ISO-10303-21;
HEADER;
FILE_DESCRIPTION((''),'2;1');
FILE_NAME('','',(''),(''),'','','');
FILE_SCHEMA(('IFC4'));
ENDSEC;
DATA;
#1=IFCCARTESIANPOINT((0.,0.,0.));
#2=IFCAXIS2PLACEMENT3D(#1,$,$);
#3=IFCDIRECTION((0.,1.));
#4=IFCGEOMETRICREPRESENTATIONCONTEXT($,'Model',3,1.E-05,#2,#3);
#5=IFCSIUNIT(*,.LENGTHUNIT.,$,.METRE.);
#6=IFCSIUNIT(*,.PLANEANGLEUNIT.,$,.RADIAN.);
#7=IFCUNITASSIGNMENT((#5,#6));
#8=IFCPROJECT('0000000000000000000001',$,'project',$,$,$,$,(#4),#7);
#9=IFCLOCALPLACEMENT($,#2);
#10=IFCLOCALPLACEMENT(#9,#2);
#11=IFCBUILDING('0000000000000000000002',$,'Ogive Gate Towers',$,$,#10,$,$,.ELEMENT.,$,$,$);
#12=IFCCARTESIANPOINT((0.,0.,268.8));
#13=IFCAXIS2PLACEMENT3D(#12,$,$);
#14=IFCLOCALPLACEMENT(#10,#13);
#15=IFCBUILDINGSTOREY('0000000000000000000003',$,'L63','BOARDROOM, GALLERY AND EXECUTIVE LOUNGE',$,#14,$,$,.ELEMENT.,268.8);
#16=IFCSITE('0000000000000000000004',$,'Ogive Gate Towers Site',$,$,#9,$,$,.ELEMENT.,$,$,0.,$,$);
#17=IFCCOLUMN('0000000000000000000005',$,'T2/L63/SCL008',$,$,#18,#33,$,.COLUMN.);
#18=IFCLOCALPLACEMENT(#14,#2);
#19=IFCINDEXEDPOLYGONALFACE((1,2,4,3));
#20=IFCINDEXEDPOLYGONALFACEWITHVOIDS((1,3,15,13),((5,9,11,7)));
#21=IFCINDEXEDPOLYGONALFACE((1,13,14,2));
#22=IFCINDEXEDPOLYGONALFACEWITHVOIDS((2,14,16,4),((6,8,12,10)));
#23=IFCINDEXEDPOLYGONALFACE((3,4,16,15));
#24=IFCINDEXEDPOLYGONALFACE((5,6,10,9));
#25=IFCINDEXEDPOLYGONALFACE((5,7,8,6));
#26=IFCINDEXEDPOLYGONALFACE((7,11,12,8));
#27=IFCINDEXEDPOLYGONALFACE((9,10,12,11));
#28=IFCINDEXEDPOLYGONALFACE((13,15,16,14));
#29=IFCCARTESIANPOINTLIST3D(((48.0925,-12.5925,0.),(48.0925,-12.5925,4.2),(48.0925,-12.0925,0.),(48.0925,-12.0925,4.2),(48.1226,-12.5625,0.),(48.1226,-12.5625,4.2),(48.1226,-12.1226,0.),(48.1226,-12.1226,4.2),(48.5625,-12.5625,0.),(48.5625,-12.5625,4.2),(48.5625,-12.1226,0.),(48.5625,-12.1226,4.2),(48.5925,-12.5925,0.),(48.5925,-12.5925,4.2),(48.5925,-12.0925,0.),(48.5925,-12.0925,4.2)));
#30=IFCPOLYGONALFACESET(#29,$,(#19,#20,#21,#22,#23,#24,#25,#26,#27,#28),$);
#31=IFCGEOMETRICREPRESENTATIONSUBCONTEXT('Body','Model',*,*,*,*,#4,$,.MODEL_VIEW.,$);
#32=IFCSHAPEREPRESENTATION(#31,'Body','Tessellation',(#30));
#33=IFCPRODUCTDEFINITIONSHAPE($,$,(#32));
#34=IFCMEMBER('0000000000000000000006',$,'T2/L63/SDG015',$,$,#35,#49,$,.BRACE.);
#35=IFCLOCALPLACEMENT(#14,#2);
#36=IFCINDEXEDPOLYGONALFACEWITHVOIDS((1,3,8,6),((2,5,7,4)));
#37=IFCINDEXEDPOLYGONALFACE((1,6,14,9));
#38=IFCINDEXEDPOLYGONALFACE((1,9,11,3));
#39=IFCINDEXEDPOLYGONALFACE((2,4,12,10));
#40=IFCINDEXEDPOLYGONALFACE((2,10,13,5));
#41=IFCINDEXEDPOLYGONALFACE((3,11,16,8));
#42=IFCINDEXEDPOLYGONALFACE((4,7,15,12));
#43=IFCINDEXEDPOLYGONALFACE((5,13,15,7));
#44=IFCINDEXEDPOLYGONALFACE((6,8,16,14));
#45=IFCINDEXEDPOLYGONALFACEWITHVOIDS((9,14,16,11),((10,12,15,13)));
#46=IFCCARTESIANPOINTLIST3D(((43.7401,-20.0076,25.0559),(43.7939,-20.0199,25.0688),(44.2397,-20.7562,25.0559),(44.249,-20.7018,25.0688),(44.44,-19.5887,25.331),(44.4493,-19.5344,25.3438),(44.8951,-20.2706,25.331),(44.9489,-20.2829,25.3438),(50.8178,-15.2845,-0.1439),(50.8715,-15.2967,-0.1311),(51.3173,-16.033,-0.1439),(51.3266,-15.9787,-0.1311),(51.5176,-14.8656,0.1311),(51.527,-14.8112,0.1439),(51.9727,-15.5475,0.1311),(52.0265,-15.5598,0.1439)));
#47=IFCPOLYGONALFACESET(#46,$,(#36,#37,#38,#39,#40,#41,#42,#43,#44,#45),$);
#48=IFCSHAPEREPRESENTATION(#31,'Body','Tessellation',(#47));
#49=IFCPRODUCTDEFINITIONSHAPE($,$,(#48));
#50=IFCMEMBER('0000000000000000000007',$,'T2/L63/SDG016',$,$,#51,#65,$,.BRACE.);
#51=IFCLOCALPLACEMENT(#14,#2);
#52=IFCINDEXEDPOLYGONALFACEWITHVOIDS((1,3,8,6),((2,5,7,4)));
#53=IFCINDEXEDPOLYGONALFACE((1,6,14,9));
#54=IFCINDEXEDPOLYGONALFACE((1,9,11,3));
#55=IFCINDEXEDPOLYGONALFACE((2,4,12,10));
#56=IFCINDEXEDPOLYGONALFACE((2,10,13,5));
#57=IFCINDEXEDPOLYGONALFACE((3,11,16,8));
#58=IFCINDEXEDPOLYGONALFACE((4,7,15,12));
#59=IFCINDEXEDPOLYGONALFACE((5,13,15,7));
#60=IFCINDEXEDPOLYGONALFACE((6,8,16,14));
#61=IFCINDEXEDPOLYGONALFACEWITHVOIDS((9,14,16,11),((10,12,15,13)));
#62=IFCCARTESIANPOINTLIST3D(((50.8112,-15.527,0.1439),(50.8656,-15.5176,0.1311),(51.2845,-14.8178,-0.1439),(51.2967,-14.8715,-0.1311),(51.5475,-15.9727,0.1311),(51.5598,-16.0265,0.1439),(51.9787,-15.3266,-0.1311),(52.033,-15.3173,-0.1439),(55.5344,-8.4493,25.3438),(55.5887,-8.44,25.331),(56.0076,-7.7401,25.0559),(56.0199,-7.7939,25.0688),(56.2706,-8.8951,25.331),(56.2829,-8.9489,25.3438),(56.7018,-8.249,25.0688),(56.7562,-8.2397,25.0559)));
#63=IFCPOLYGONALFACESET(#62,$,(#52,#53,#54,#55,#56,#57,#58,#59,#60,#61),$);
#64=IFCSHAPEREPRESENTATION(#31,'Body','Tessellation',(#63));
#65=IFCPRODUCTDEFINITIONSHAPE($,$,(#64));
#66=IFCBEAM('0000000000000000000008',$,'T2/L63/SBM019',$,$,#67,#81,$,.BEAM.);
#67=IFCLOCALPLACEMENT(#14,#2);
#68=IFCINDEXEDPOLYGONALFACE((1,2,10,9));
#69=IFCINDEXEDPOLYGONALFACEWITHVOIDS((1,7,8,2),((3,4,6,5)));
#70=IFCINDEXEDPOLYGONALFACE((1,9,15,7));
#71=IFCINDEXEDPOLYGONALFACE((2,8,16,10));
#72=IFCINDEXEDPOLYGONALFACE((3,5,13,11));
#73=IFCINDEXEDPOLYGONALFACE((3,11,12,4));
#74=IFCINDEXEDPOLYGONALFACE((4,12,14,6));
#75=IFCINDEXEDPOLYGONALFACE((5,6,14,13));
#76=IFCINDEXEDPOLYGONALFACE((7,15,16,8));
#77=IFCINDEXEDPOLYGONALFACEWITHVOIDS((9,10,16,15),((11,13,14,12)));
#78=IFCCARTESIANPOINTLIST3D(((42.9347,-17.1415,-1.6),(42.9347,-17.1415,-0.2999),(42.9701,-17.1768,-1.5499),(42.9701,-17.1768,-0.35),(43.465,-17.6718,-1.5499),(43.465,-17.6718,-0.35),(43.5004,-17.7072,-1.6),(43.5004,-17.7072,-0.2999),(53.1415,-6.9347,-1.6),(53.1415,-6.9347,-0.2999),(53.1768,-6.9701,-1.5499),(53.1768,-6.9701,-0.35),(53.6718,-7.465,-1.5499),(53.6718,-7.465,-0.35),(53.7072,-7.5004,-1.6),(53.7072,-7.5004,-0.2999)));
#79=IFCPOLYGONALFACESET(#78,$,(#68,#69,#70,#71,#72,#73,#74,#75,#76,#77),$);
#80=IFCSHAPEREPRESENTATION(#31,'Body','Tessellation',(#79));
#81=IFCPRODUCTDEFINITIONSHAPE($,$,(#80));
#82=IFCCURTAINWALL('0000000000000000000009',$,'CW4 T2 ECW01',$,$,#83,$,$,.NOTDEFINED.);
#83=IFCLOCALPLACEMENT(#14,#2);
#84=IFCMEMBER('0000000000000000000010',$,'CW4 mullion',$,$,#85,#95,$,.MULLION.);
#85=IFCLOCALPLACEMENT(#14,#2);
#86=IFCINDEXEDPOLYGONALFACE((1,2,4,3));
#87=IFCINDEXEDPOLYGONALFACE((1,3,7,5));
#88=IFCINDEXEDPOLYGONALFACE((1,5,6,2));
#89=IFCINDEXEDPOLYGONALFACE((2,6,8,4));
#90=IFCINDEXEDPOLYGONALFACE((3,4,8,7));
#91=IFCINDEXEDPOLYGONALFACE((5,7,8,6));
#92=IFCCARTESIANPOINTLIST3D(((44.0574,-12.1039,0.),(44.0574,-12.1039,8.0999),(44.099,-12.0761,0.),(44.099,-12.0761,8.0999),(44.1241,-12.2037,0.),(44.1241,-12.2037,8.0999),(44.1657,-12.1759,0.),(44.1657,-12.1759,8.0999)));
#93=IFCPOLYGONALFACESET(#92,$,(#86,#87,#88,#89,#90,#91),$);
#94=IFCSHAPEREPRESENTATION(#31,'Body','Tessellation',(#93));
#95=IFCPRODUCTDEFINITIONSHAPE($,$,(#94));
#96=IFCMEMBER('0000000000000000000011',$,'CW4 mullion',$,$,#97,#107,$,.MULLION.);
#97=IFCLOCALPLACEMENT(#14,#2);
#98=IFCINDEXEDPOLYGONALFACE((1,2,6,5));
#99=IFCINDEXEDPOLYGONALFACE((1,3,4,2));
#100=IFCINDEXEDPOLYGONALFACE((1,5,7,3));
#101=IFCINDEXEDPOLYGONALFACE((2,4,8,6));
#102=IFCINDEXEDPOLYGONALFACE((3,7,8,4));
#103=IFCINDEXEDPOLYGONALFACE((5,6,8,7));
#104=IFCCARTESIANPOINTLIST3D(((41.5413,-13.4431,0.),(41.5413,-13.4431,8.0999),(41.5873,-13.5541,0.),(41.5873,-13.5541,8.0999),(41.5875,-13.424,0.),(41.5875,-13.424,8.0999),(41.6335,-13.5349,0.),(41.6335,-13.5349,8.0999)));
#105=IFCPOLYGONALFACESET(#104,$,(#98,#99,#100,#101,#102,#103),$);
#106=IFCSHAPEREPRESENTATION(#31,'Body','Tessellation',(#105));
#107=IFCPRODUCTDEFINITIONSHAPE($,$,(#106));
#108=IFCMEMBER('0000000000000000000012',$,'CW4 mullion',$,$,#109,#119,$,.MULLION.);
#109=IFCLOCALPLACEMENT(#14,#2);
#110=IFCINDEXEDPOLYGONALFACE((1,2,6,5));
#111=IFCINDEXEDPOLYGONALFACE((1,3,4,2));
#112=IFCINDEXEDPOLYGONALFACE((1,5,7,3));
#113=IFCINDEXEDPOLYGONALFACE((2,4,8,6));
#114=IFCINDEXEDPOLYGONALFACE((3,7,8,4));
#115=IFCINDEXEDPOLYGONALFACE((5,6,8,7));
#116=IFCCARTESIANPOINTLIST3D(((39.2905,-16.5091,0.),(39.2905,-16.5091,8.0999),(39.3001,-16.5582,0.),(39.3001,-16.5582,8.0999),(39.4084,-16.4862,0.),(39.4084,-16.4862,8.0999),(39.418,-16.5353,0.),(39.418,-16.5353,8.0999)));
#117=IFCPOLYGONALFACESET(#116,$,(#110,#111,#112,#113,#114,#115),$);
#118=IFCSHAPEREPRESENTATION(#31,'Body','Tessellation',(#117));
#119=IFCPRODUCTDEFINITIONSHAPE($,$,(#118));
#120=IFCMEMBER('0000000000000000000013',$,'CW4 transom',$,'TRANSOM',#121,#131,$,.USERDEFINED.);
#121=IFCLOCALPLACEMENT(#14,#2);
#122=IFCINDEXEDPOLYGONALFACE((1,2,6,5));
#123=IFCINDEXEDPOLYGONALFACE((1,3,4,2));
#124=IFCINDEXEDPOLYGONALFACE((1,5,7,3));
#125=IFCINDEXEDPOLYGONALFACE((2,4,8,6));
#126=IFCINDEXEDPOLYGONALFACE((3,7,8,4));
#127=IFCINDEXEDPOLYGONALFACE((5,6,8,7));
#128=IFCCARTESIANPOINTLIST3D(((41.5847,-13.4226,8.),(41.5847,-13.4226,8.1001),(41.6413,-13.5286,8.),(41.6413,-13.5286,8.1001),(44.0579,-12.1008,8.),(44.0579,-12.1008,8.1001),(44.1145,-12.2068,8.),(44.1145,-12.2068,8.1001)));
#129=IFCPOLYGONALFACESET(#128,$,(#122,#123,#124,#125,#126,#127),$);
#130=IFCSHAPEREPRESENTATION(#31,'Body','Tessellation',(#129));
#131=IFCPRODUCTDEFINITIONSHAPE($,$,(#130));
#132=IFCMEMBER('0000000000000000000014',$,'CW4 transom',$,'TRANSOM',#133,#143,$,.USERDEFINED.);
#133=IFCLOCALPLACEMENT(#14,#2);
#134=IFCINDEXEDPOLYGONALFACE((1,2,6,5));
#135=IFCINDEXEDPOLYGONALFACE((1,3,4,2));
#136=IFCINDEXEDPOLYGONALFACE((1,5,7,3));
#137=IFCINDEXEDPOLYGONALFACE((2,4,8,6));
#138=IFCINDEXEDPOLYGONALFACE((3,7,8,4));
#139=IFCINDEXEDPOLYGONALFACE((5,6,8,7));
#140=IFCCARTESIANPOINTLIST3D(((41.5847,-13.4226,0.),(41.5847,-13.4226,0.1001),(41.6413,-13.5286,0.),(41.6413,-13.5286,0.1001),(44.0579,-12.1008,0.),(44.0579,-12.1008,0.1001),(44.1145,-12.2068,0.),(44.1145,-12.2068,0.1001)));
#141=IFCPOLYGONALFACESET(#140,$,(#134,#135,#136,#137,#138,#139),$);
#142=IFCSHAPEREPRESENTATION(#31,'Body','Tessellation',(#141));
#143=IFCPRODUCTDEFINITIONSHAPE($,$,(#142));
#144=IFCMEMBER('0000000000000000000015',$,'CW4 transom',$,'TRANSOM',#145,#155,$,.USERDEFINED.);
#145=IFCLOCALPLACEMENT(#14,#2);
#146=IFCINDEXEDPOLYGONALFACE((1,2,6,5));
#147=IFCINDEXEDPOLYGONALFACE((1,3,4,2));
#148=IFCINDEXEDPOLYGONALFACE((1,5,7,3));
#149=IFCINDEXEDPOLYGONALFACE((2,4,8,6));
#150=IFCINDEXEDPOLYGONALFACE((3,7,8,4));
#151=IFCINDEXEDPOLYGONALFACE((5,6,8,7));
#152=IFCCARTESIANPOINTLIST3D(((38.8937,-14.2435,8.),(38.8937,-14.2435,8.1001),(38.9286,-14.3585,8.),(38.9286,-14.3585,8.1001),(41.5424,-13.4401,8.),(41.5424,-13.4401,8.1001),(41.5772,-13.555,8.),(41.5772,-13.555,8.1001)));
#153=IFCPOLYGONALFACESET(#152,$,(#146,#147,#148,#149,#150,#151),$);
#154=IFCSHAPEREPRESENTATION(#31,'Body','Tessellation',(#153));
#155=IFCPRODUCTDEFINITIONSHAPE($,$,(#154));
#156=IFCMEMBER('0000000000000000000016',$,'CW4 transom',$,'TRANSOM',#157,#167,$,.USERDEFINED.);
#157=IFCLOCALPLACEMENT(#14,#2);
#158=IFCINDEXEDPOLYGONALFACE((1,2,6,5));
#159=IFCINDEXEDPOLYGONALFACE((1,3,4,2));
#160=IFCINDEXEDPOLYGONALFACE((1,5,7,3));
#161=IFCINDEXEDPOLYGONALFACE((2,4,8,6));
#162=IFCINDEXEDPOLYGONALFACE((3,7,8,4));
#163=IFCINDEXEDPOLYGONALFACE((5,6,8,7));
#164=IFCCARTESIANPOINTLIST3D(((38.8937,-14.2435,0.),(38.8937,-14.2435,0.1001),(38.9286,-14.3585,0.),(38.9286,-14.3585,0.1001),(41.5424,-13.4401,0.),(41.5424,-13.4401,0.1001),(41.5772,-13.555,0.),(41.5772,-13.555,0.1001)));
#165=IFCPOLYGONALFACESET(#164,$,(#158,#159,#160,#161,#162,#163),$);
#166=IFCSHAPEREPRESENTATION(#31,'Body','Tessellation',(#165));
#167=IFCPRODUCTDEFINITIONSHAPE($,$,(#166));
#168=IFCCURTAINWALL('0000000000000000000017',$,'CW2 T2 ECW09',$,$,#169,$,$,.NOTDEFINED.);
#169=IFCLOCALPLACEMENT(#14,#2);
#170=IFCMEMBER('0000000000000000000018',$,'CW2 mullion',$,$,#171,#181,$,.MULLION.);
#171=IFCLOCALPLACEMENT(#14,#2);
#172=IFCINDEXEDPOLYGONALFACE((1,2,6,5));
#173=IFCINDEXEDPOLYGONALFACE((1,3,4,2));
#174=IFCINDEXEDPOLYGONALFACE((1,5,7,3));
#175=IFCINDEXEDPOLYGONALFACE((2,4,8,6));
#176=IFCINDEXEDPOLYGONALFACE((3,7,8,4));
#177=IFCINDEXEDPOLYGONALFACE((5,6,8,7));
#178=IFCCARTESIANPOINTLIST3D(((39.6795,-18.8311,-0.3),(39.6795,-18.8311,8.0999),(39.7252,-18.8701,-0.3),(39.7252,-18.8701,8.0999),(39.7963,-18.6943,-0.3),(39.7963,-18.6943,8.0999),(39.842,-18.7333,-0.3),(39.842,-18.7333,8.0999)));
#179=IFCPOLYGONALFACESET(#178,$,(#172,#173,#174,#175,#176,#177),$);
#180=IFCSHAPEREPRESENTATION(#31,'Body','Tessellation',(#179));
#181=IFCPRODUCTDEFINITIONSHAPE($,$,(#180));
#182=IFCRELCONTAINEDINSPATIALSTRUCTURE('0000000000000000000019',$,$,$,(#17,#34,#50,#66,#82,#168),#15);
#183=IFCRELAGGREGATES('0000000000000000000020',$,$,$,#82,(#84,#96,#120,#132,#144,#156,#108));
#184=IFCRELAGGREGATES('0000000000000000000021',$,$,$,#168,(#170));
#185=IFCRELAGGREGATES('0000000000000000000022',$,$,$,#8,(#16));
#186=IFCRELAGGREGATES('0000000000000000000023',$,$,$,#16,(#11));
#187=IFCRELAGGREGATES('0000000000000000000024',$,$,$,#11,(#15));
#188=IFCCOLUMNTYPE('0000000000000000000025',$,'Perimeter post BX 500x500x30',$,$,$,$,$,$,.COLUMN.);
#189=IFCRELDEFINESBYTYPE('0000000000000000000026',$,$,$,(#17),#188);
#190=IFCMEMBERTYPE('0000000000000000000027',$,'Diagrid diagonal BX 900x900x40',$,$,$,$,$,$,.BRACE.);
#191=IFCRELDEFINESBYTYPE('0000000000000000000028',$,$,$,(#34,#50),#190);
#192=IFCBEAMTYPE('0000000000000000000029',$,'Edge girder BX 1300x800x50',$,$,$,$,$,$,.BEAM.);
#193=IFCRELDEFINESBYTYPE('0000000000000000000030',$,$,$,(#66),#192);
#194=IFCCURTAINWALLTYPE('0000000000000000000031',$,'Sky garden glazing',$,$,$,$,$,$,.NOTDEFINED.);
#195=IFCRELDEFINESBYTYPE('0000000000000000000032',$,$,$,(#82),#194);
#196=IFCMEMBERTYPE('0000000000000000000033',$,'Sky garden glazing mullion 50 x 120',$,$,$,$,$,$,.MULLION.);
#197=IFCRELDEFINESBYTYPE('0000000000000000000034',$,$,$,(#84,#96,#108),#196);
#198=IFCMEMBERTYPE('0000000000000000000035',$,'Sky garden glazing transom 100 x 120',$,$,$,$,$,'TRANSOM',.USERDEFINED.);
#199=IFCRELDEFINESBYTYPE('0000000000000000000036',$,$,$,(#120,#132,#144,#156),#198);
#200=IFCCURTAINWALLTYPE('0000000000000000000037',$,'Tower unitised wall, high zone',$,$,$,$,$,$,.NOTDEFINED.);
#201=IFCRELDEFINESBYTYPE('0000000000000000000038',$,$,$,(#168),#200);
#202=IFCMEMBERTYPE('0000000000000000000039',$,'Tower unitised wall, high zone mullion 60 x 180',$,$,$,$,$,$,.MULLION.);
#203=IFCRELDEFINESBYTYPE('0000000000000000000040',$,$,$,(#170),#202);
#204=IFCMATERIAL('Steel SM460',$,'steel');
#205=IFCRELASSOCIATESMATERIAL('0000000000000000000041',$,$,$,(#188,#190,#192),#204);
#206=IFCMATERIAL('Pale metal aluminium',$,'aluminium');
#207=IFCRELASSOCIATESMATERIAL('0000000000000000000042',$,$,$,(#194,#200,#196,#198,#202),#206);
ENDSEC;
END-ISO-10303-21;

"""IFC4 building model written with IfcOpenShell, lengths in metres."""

from ifc_helpers import new_model, si_unit, direction, frame, origin, origin_2d, place, context, subcontext, project, spatial, rectangle, hollow_rectangle, extrude, material, material_profile, profile_set, type_object, element, aggregate, save


model = new_model("IFC4")

# Units and contexts
model_context = context("Model", 3, precision=1e-05, world=origin(), true_north=direction((0.0, 1.0)))
body_context = subcontext(model_context, "Body", "Model", "MODEL_VIEW")
ifc_project = project(units=[si_unit("LENGTHUNIT", "METRE"), si_unit("PLANEANGLEUNIT", "RADIAN")], contexts=[model_context])

# Site, building, storey
site_placement = place(None, origin())
site = spatial("IfcSite", under=ifc_project, at=site_placement, Name="Ogive Gate Towers Site", CompositionType="ELEMENT", RefElevation=0.0)
building_placement = place(site_placement, origin())
building = spatial("IfcBuilding", under=site, at=building_placement, Name="Ogive Gate Towers", CompositionType="ELEMENT")
storey_placement = place(building_placement, frame((0.0, 0.0, 268.8)))
storey = spatial("IfcBuildingStorey", under=building, at=storey_placement, Name="L63", Description="BOARDROOM, GALLERY AND EXECUTIVE LOUNGE", CompositionType="ELEMENT", Elevation=268.8)

# Column
ifc_material_1 = material(Name="Steel SM460", Category="steel")
ifc_material_profile_1 = material_profile(ifc_material_1, hollow_rectangle(XDim=0.5, YDim=0.5, WallThickness=0.03, at=origin_2d()), Name="BX 500x500x30")
ifc_profile_set_1 = profile_set([ifc_material_profile_1], Name="Steel SM460")
column_type = type_object("IfcColumnType", Name="Perimeter post BX 500x500x30", PredefinedType="COLUMN", material=ifc_profile_set_1)
column_placement = place(storey_placement, frame((48.3425, -12.3425, 0.0), z_axis=(0.0, 0.0, 1.0), x_axis=(1.0, 0.0, 0.0)))
element("IfcColumn", 1, at=column_placement, inside=storey, type_object=column_type, Name="T2/L63/SCL008", PredefinedType="COLUMN", context=body_context, shape_type="SweptSolid", body=[
    extrude(hollow_rectangle(XDim=0.5, YDim=0.5, WallThickness=0.03, at=origin_2d()), origin(), (0.0, 0.0, 1.0), 4.2),
])

# Members
ifc_material_profile_2 = material_profile(ifc_material_1, hollow_rectangle(XDim=0.8999, YDim=0.8999, WallThickness=0.04, at=origin_2d()), Name="BX 900x900x40")
ifc_profile_set_2 = profile_set([ifc_material_profile_2], Name="Steel SM460")
member_type_1 = type_object("IfcMemberType", Name="Diagrid diagonal BX 900x900x40", PredefinedType="BRACE", material=ifc_profile_set_2)
for number, where, z_axis, x_axis, name in (
    (2, (51.4221, -15.4221, 0.0), (-0.266099, -0.177577, 0.947448), (0.555084, -0.831794, 0.0), "T2/L63/SDG015"),
    (3, (51.4221, -15.4221, 0.0), (0.177577, 0.266099, 0.947448), (-0.831794, 0.555084, 0.0), "T2/L63/SDG016"),
):
    element("IfcMember", number, at=place(storey_placement, frame(where, z_axis=z_axis, x_axis=x_axis)), inside=storey, type_object=member_type_1, Name=name, PredefinedType="BRACE", context=body_context, shape_type="SweptSolid", body=[
        extrude(hollow_rectangle(XDim=0.8999, YDim=0.8999, WallThickness=0.04, at=origin_2d()), origin(), (0.0, 0.0, 1.0), 26.5977),
    ])

# Beam
ifc_material_profile_3 = material_profile(ifc_material_1, hollow_rectangle(XDim=0.8, YDim=1.3, WallThickness=0.05, at=origin_2d()), Name="BX 1300x800x50")
ifc_profile_set_3 = profile_set([ifc_material_profile_3], Name="Steel SM460")
beam_type = type_object("IfcBeamType", Name="Edge girder BX 1300x800x50", PredefinedType="BEAM", material=ifc_profile_set_3)
beam_placement = place(storey_placement, frame((43.2175, -17.4243, -0.95), z_axis=(0.707107, 0.707107, 0.0), x_axis=(-0.707107, 0.707107, 0.0)))
element("IfcBeam", 4, at=beam_placement, inside=storey, type_object=beam_type, Name="T2/L63/SBM019", PredefinedType="BEAM", context=body_context, shape_type="SweptSolid", body=[
    extrude(hollow_rectangle(XDim=0.8, YDim=1.3, WallThickness=0.05, at=origin_2d()), origin(), (0.0, 0.0, 1.0), 14.4346),
])

# Curtain walls, members
ifc_material_2 = material(Name="Pale metal aluminium", Category="aluminium")
curtain_wall_type_1 = type_object("IfcCurtainWallType", Name="Sky garden glazing", PredefinedType="NOTDEFINED", material=ifc_material_2)
curtain_wall_1_placement = place(storey_placement, origin())
curtain_wall_1 = element("IfcCurtainWall", 5, at=curtain_wall_1_placement, inside=storey, type_object=curtain_wall_type_1, Name="CW4 T2 ECW01", PredefinedType="NOTDEFINED")
ifc_material_profile_4 = material_profile(ifc_material_2, rectangle(XDim=0.1201, YDim=0.05, at=origin_2d()), Name="50 x 120 aluminium box")
ifc_profile_set_4 = profile_set([ifc_material_profile_4], Name="Pale metal aluminium")
member_type_2 = type_object("IfcMemberType", Name="Sky garden glazing mullion 50 x 120", PredefinedType="MULLION", material=ifc_profile_set_4)
member_1_placement = place(storey_placement, frame((44.1116, -12.1399, 0.0), z_axis=(0.0, 0.0, 1.0), x_axis=(-0.55557, 0.83147, 0.0)))
member_1 = element("IfcMember", 6, at=member_1_placement, type_object=member_type_2, Name="CW4 mullion", PredefinedType="MULLION", context=body_context, shape_type="SweptSolid", body=[
    extrude(rectangle(XDim=0.1201, YDim=0.05, at=origin_2d()), origin(), (0.0, 0.0, 1.0), 8.0999),
])
member_2_placement = place(storey_placement, frame((41.5874, -13.489, 0.0), z_axis=(0.0, 0.0, 1.0), x_axis=(-0.382683, 0.92388, 0.0)))
member_2 = element("IfcMember", 7, at=member_2_placement, type_object=member_type_2, Name="CW4 mullion", PredefinedType="MULLION", context=body_context, shape_type="SweptSolid", body=[
    extrude(rectangle(XDim=0.1201, YDim=0.05, at=origin_2d()), origin(), (0.0, 0.0, 1.0), 8.0999),
])
member_3_placement = place(storey_placement, frame((39.3542, -16.5222, 0.0), z_axis=(0.0, 0.0, 1.0), x_axis=(-0.981624, -0.190826, 0.0)))
member_3 = element("IfcMember", 8, at=member_3_placement, type_object=member_type_2, Name="CW4 mullion", PredefinedType="MULLION", context=body_context, shape_type="SweptSolid", body=[
    extrude(rectangle(XDim=0.1201, YDim=0.05, at=origin_2d()), origin(), (0.0, 0.0, 1.0), 8.0999),
])
ifc_material_profile_5 = material_profile(ifc_material_2, rectangle(XDim=0.1201, YDim=0.1001, at=origin_2d()), Name="100 x 120 aluminium box")
ifc_profile_set_5 = profile_set([ifc_material_profile_5], Name="Pale metal aluminium")
member_type_3 = type_object("IfcMemberType", Name="Sky garden glazing transom 100 x 120", ElementType="TRANSOM", PredefinedType="USERDEFINED", material=ifc_profile_set_5)
member_4_placement = place(storey_placement, frame((44.0862, -12.1538, 8.05), z_axis=(-0.881943, -0.471356, 0.0), x_axis=(0.471356, -0.881943, 0.0)))
member_4 = element("IfcMember", 9, at=member_4_placement, type_object=member_type_3, Name="CW4 transom", ObjectType="TRANSOM", PredefinedType="USERDEFINED", context=body_context, shape_type="SweptSolid", body=[
    extrude(rectangle(XDim=0.1201, YDim=0.1001, at=origin_2d()), origin(), (0.0, 0.0, 1.0), 2.8042),
])
member_5_placement = place(storey_placement, frame((44.0862, -12.1538, 0.05), z_axis=(-0.881943, -0.471356, 0.0), x_axis=(0.471356, -0.881943, 0.0)))
member_5 = element("IfcMember", 10, at=member_5_placement, type_object=member_type_3, Name="CW4 transom", ObjectType="TRANSOM", PredefinedType="USERDEFINED", context=body_context, shape_type="SweptSolid", body=[
    extrude(rectangle(XDim=0.1201, YDim=0.1001, at=origin_2d()), origin(), (0.0, 0.0, 1.0), 2.8042),
])
member_6_placement = place(storey_placement, frame((41.5598, -13.4976, 8.05), z_axis=(-0.956941, -0.290284, 0.0), x_axis=(0.290284, -0.956941, 0.0)))
member_6 = element("IfcMember", 11, at=member_6_placement, type_object=member_type_3, Name="CW4 transom", ObjectType="TRANSOM", PredefinedType="USERDEFINED", context=body_context, shape_type="SweptSolid", body=[
    extrude(rectangle(XDim=0.1201, YDim=0.1001, at=origin_2d()), origin(), (0.0, 0.0, 1.0), 2.7678),
])
member_7_placement = place(storey_placement, frame((41.5598, -13.4976, 0.05), z_axis=(-0.956941, -0.290284, 0.0), x_axis=(0.290284, -0.956941, 0.0)))
member_7 = element("IfcMember", 12, at=member_7_placement, type_object=member_type_3, Name="CW4 transom", ObjectType="TRANSOM", PredefinedType="USERDEFINED", context=body_context, shape_type="SweptSolid", body=[
    extrude(rectangle(XDim=0.1201, YDim=0.1001, at=origin_2d()), origin(), (0.0, 0.0, 1.0), 2.7678),
])
curtain_wall_type_2 = type_object("IfcCurtainWallType", Name="Tower unitised wall, high zone", PredefinedType="NOTDEFINED", material=ifc_material_2)
curtain_wall_2_placement = place(storey_placement, origin())
curtain_wall_2 = element("IfcCurtainWall", 13, at=curtain_wall_2_placement, inside=storey, type_object=curtain_wall_type_2, Name="CW2 T2 ECW09", PredefinedType="NOTDEFINED")
ifc_material_profile_6 = material_profile(ifc_material_2, rectangle(XDim=0.1799, YDim=0.0601, at=origin_2d()), Name="60 x 180 aluminium box")
ifc_profile_set_6 = profile_set([ifc_material_profile_6], Name="Pale metal aluminium")
member_type_4 = type_object("IfcMemberType", Name="Tower unitised wall, high zone mullion 60 x 180", PredefinedType="MULLION", material=ifc_profile_set_6)
member_8_placement = place(storey_placement, frame((39.7607, -18.7822, -0.3), z_axis=(0.0, 0.0, 1.0), x_axis=(-0.649329, -0.760508, 0.0)))
member_8 = element("IfcMember", 14, at=member_8_placement, type_object=member_type_4, Name="CW2 mullion", PredefinedType="MULLION", context=body_context, shape_type="SweptSolid", body=[
    extrude(rectangle(XDim=0.1799, YDim=0.0601, at=origin_2d()), origin(), (0.0, 0.0, 1.0), 8.3999),
])

aggregate(curtain_wall_1, [member_1, member_2, member_4, member_5, member_6, member_7, member_3])
aggregate(curtain_wall_2, [member_8])

save(model, "model.ifc")
